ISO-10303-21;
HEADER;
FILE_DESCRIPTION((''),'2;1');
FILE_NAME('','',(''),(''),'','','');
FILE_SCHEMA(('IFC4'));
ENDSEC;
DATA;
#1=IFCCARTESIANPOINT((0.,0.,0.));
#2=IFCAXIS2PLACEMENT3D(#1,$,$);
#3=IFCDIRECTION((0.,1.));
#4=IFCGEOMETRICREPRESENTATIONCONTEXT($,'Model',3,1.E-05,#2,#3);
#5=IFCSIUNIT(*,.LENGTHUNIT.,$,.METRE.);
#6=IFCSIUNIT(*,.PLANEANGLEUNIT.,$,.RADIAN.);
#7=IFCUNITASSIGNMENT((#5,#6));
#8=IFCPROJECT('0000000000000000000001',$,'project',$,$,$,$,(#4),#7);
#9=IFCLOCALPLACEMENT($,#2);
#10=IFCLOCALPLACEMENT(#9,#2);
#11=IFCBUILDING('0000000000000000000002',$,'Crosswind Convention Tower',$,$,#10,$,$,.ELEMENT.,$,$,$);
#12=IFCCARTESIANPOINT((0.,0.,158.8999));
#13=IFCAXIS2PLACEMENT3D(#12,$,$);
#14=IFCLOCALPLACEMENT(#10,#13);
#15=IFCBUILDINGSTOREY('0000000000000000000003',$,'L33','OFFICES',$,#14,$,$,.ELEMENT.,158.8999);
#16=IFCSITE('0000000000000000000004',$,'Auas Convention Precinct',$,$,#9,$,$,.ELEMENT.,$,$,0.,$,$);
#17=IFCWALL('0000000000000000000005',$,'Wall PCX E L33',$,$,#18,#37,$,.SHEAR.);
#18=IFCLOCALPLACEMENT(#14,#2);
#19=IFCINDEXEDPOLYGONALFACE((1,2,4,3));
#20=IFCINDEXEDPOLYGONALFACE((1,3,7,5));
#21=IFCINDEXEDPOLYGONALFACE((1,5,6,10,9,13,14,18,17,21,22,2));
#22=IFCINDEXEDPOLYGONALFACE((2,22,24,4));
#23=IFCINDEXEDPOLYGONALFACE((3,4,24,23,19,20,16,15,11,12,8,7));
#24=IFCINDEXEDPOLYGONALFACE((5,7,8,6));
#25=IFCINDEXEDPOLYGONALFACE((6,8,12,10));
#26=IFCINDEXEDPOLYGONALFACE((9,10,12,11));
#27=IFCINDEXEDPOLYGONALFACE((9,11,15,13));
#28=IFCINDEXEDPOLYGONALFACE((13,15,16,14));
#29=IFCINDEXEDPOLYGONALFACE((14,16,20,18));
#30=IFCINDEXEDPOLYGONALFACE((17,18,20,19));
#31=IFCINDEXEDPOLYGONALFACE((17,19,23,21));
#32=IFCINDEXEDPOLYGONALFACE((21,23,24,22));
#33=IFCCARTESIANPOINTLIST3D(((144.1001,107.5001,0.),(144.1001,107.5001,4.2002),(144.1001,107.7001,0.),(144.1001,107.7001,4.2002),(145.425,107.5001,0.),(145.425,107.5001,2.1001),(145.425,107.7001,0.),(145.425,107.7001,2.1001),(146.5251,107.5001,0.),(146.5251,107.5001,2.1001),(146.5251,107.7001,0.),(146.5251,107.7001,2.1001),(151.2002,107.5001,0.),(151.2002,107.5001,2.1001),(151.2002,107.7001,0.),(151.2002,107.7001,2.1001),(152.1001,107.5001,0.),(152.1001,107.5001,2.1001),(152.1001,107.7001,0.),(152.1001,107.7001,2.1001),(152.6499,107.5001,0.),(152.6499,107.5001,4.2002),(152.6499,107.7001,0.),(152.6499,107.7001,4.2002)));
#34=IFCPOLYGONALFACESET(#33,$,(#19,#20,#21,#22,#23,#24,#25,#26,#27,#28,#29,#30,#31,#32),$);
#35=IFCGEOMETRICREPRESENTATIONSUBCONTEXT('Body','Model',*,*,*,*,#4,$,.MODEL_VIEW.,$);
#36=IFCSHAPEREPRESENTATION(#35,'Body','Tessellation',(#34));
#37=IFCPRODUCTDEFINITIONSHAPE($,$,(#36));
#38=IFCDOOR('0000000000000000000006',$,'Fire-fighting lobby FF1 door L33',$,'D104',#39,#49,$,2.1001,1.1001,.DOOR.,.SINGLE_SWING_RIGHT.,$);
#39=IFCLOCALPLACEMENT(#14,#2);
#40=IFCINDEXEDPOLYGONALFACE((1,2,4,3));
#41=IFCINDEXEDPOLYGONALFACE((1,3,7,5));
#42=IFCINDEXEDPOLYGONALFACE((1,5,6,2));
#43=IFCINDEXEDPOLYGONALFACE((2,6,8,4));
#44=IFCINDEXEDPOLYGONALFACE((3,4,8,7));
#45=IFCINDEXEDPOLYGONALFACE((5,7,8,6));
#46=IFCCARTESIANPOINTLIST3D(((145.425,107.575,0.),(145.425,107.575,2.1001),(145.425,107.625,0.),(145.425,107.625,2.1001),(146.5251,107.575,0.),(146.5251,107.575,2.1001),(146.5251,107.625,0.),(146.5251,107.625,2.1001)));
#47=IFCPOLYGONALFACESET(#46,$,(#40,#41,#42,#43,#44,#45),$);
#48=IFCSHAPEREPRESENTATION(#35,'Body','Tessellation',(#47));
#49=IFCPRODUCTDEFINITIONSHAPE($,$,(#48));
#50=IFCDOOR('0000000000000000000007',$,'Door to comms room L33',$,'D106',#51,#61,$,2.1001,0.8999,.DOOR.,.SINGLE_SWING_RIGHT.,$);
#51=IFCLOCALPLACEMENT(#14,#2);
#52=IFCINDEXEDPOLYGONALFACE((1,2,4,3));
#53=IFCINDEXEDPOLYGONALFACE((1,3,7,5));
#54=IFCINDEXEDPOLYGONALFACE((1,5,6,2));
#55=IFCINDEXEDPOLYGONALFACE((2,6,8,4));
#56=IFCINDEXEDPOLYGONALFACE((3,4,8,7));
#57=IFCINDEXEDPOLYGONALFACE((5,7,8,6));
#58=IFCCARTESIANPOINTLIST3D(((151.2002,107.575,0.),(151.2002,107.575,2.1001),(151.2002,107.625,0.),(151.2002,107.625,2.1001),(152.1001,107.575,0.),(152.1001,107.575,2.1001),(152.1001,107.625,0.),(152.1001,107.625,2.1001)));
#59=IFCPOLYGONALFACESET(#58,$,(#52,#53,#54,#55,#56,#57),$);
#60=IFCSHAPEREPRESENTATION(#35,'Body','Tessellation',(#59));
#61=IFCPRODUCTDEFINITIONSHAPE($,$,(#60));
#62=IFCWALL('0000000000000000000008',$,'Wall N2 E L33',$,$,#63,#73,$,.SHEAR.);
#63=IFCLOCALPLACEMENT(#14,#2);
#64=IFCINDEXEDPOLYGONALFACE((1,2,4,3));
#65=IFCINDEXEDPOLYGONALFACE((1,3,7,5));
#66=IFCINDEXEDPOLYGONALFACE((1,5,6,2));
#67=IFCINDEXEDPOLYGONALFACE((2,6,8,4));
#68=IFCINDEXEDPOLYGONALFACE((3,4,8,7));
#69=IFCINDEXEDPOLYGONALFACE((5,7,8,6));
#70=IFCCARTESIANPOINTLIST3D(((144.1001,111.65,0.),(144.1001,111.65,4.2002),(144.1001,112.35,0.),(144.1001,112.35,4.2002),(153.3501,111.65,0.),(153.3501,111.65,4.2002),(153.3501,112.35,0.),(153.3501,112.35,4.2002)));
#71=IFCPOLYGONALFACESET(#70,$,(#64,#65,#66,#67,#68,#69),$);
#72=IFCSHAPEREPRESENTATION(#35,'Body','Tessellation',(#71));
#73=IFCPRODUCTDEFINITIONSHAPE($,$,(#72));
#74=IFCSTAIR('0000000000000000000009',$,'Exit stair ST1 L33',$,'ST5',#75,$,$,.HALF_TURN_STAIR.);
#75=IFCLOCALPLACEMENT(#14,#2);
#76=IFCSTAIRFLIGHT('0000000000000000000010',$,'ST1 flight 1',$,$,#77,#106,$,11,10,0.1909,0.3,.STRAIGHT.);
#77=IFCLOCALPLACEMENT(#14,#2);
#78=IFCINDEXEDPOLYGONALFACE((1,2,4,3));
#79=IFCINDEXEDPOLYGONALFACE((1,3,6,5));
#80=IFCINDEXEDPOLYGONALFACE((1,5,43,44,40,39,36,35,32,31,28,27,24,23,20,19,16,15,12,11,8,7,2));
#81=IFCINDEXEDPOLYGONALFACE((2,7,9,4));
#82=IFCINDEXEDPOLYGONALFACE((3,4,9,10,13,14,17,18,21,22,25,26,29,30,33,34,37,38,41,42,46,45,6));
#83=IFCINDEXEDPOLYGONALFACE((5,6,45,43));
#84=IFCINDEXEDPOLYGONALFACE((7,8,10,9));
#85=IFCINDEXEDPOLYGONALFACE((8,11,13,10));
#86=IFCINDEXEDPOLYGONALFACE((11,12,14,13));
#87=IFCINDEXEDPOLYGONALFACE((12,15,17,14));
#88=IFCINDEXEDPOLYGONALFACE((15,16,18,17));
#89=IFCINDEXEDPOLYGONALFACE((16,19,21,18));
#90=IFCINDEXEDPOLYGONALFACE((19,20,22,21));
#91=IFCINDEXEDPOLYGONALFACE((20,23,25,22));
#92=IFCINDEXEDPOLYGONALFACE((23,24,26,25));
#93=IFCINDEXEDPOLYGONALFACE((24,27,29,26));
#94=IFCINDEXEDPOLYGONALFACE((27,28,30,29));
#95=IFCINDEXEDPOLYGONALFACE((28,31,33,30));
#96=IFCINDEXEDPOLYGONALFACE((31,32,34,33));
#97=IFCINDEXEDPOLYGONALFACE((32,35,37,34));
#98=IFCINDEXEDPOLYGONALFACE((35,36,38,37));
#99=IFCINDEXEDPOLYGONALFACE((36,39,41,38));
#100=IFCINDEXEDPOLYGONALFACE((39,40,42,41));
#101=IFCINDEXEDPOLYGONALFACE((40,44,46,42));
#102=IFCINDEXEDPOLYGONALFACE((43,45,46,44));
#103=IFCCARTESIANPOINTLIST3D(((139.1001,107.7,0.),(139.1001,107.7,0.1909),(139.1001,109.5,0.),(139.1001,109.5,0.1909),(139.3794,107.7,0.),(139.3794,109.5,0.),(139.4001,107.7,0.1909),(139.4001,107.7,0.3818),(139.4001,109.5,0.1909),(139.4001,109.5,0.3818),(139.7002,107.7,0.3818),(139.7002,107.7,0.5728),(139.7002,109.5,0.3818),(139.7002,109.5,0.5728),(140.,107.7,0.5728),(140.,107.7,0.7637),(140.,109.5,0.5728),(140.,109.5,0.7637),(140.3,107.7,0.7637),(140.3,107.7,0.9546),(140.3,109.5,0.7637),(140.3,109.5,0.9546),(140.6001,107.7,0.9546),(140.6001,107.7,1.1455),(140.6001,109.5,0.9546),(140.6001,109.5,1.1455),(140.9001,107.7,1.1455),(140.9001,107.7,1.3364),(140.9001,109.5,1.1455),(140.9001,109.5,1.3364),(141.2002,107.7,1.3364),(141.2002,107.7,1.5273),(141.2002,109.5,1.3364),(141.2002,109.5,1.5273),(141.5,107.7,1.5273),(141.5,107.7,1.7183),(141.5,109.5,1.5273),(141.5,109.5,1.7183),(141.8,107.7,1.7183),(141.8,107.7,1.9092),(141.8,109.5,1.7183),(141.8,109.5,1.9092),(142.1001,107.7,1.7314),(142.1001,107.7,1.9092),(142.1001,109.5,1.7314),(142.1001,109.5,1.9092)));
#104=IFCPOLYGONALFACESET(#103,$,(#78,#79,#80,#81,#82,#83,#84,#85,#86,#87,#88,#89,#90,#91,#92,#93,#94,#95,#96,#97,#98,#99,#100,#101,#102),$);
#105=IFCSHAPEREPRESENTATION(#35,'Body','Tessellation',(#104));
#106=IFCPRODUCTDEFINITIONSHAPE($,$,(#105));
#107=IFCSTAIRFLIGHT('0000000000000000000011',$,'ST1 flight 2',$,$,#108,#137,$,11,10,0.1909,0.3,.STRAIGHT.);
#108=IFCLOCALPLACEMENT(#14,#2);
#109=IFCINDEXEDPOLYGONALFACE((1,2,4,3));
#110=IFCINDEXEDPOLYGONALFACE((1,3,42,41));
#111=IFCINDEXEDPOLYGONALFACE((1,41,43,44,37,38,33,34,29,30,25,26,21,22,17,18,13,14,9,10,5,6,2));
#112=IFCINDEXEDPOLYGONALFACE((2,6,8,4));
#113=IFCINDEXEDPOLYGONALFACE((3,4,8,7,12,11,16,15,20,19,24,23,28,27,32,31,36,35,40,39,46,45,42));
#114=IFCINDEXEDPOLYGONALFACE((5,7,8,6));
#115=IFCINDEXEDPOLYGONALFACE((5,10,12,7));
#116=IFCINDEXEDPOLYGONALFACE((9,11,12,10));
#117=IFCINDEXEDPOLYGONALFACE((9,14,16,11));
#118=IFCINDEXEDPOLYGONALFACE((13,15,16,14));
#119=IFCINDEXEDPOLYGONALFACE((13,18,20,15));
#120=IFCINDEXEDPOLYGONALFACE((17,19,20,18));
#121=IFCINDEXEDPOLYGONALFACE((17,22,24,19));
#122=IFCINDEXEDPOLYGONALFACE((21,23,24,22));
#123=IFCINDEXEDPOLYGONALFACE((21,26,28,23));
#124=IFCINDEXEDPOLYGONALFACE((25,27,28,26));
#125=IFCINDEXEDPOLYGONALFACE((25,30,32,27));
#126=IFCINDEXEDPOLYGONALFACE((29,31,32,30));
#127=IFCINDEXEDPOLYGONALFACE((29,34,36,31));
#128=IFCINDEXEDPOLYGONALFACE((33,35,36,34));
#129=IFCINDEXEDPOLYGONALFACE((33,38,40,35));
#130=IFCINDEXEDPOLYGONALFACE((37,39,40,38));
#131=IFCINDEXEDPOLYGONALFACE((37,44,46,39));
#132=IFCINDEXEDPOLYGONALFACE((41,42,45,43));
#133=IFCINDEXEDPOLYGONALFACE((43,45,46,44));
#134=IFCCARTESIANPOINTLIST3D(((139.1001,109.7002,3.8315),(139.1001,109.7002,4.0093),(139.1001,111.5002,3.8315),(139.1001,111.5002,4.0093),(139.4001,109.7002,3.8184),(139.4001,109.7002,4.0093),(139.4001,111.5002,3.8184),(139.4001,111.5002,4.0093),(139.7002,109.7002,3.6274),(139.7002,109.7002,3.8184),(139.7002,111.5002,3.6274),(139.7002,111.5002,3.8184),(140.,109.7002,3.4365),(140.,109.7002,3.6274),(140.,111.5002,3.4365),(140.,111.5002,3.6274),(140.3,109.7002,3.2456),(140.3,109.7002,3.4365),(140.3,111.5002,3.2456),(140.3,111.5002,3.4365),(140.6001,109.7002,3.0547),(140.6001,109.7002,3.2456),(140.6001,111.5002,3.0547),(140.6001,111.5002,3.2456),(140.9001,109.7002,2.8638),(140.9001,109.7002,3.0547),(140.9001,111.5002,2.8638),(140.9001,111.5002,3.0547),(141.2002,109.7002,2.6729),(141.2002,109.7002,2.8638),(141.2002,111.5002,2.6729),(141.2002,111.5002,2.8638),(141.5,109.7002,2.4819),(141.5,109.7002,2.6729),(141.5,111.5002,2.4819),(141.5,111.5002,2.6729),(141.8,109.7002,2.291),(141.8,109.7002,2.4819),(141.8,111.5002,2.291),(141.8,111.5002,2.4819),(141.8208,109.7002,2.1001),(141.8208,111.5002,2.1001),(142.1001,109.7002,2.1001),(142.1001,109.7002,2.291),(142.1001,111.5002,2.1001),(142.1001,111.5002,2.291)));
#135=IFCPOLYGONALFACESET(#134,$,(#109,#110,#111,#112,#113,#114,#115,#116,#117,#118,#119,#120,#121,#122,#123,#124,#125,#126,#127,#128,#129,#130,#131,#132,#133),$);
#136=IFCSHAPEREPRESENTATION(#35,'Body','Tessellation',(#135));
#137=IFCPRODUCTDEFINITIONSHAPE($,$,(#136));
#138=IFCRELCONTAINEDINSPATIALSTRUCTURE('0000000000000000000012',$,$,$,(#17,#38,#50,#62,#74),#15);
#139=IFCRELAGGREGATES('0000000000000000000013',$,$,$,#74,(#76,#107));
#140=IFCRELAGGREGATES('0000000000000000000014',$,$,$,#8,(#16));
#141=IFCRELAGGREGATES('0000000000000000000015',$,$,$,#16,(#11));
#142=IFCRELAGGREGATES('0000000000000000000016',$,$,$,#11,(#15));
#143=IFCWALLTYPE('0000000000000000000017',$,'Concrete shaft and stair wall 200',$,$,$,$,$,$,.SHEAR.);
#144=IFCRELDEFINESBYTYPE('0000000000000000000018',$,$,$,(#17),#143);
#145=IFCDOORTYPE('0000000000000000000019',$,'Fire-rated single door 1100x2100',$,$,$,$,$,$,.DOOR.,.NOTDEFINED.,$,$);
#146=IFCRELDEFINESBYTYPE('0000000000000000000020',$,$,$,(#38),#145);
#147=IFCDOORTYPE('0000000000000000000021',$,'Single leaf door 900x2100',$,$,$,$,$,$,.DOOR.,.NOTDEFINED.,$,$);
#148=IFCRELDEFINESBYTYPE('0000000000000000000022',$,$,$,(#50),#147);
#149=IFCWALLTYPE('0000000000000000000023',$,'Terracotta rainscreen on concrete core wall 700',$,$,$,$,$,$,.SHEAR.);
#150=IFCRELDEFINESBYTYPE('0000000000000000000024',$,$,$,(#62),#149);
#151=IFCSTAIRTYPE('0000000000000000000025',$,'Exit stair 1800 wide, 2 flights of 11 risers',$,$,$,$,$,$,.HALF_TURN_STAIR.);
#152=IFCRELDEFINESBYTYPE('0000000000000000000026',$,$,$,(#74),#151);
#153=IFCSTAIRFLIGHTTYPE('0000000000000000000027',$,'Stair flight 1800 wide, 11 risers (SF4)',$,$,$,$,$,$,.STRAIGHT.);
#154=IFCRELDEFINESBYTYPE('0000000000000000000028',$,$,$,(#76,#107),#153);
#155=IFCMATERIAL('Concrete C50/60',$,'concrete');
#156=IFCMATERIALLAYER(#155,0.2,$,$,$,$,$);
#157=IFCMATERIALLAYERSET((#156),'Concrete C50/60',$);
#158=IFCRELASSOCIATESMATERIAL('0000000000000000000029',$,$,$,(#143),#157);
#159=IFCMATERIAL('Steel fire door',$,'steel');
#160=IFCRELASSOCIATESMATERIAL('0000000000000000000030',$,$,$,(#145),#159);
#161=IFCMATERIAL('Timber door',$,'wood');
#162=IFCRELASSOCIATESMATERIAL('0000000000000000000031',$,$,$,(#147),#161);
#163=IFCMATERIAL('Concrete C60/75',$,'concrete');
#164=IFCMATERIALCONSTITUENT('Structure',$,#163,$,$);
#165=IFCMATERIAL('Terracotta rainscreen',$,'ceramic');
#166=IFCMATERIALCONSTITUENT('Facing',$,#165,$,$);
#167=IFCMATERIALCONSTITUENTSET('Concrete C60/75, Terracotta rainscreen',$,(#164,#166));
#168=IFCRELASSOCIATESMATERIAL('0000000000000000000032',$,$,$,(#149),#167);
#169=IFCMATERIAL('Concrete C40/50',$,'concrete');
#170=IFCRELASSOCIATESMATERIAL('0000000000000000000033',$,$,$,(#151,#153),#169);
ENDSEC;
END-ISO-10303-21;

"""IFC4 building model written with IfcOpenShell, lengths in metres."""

from ifc_helpers import new_model, si_unit, direction, frame, frame_2d, origin, place, context, subcontext, project, spatial, polyline, rectangle, outline, extrude, material, layer, layer_set, constituent, constituent_set, type_object, element, fill, aggregate, save


model = new_model("IFC4")

# Units and contexts
model_context = context("Model", 3, precision=1e-05, world=origin(), true_north=direction((0.0, 1.0)))
body_context = subcontext(model_context, "Body", "Model", "MODEL_VIEW")
ifc_project = project(units=[si_unit("LENGTHUNIT", "METRE"), si_unit("PLANEANGLEUNIT", "RADIAN")], contexts=[model_context])

# Site, building, storey
site_placement = place(None, origin())
site = spatial("IfcSite", under=ifc_project, at=site_placement, Name="Auas Convention Precinct", CompositionType="ELEMENT", RefElevation=0.0)
building_placement = place(site_placement, origin())
building = spatial("IfcBuilding", under=site, at=building_placement, Name="Crosswind Convention Tower", CompositionType="ELEMENT")
storey_placement = place(building_placement, frame((0.0, 0.0, 158.8999)))
storey = spatial("IfcBuildingStorey", under=building, at=storey_placement, Name="L33", Description="OFFICES", CompositionType="ELEMENT", Elevation=158.8999)

# Shared definitions
ifc_material_1 = material(Name="Concrete C60/75", Category="concrete")

# Shared definitions
ifc_material_2 = material(Name="Concrete C50/60", Category="concrete")
ifc_layer_1 = layer(ifc_material_2, 0.2)
ifc_layer_set_1 = layer_set([ifc_layer_1], Name="Concrete C50/60")
wall_type_1 = type_object("IfcWallType", Name="Concrete shaft and stair wall 200", PredefinedType="SHEAR", material=ifc_layer_set_1)

# Wall, openings, doors
wall_1_placement = place(storey_placement, frame((144.1001, 107.6001, 0.0), z_axis=(0.0, 0.0, 1.0), x_axis=(1.0, 0.0, 0.0)))
wall_1 = element("IfcWall", 1, at=wall_1_placement, inside=storey, type_object=wall_type_1, Name="Wall PCX E L33", PredefinedType="SHEAR", context=body_context, shape_type="SweptSolid", body=[
    extrude(rectangle(XDim=8.5498, YDim=0.2, at=frame_2d((4.2749, 0.0))), origin(), (0.0, 0.0, 1.0), 4.2002),
])
opening_1_placement = place(wall_1_placement, frame((1.325, 0.0, 0.0)))
opening_1 = element("IfcOpeningElement", 2, at=opening_1_placement, cuts=wall_1, PredefinedType="OPENING", context=body_context, shape_type="SweptSolid", body=[
    extrude(rectangle(XDim=1.1001, YDim=2.1001, at=frame_2d((0.55, 1.05))), frame((0.0, 0.1099, 0.0), z_axis=(0.0, -1.0, 0.0), x_axis=(1.0, 0.0, 0.0)), (0.0, 0.0, 1.0), 0.22),
])
opening_2_placement = place(wall_1_placement, frame((7.1001, 0.0, 0.0)))
opening_2 = element("IfcOpeningElement", 3, at=opening_2_placement, cuts=wall_1, PredefinedType="OPENING", context=body_context, shape_type="SweptSolid", body=[
    extrude(rectangle(XDim=0.8999, YDim=2.1001, at=frame_2d((0.45, 1.05))), frame((0.0, 0.1099, 0.0), z_axis=(0.0, -1.0, 0.0), x_axis=(1.0, 0.0, 0.0)), (0.0, 0.0, 1.0), 0.22),
])
ifc_material_3 = material(Name="Steel fire door", Category="steel")
door_type_1 = type_object("IfcDoorType", Name="Fire-rated single door 1100x2100", OperationType="NOTDEFINED", PredefinedType="DOOR", material=ifc_material_3)
door_1_placement = place(opening_1_placement, origin())
door_1 = element("IfcDoor", 4, at=door_1_placement, inside=storey, type_object=door_type_1, Name="Fire-fighting lobby FF1 door L33", ObjectType="D104", OperationType="SINGLE_SWING_RIGHT", OverallHeight=2.1001, OverallWidth=1.1001, PredefinedType="DOOR", context=body_context, shape_type="SweptSolid", body=[
    extrude(rectangle(XDim=1.1001, YDim=2.1001, at=frame_2d((0.55, 1.05))), frame((0.0, 0.0249, 0.0), z_axis=(0.0, -1.0, 0.0), x_axis=(1.0, 0.0, 0.0)), (0.0, 0.0, 1.0), 0.05),
])
fill(opening_1, door_1)
ifc_material_4 = material(Name="Timber door", Category="wood")
door_type_2 = type_object("IfcDoorType", Name="Single leaf door 900x2100", OperationType="NOTDEFINED", PredefinedType="DOOR", material=ifc_material_4)
door_2_placement = place(opening_2_placement, origin())
door_2 = element("IfcDoor", 5, at=door_2_placement, inside=storey, type_object=door_type_2, Name="Door to comms room L33", ObjectType="D106", OperationType="SINGLE_SWING_RIGHT", OverallHeight=2.1001, OverallWidth=0.8999, PredefinedType="DOOR", context=body_context, shape_type="SweptSolid", body=[
    extrude(rectangle(XDim=0.8999, YDim=2.1001, at=frame_2d((0.45, 1.05))), frame((0.0, 0.0249, 0.0), z_axis=(0.0, -1.0, 0.0), x_axis=(1.0, 0.0, 0.0)), (0.0, 0.0, 1.0), 0.05),
])
fill(opening_2, door_2)

# Wall
ifc_constituent_1 = constituent(ifc_material_1, Name="Structure")
ifc_material_5 = material(Name="Terracotta rainscreen", Category="ceramic")
ifc_constituent_2 = constituent(ifc_material_5, Name="Facing")
ifc_constituent_set = constituent_set(constituents=[ifc_constituent_1, ifc_constituent_2], Name="Concrete C60/75, Terracotta rainscreen")
wall_type_2 = type_object("IfcWallType", Name="Terracotta rainscreen on concrete core wall 700", PredefinedType="SHEAR", material=ifc_constituent_set)
wall_2_placement = place(storey_placement, frame((144.1001, 112.0, 0.0), z_axis=(0.0, 0.0, 1.0), x_axis=(1.0, 0.0, 0.0)))
element("IfcWall", 6, at=wall_2_placement, inside=storey, type_object=wall_type_2, Name="Wall N2 E L33", PredefinedType="SHEAR", context=body_context, shape_type="SweptSolid", body=[
    extrude(rectangle(XDim=9.25, YDim=0.7, at=frame_2d((4.625, 0.0))), origin(), (0.0, 0.0, 1.0), 4.2002),
])

# Stair, stair flights
ifc_material_6 = material(Name="Concrete C40/50", Category="concrete")
stair_type = type_object("IfcStairType", Name="Exit stair 1800 wide, 2 flights of 11 risers", PredefinedType="HALF_TURN_STAIR", material=ifc_material_6)
stair_placement = place(storey_placement, origin())
stair = element("IfcStair", 7, at=stair_placement, inside=storey, type_object=stair_type, Name="Exit stair ST1 L33", ObjectType="ST5", PredefinedType="HALF_TURN_STAIR")
stair_flight_type = type_object("IfcStairFlightType", Name="Stair flight 1800 wide, 11 risers (SF4)", PredefinedType="STRAIGHT", material=ifc_material_6)
stair_flight_1_placement = place(storey_placement, frame((139.1001, 108.6001, 0.0), z_axis=(0.0, 0.0, 1.0), x_axis=(1.0, 0.0, 0.0)))
stair_flight_1 = element("IfcStairFlight", 8, at=stair_flight_1_placement, type_object=stair_flight_type, Name="ST1 flight 1", NumberOfRisers=11, NumberOfTreads=10, PredefinedType="STRAIGHT", RiserHeight=0.1909, TreadLength=0.3, context=body_context, shape_type="SweptSolid", body=[
    extrude(outline(polyline([(0.0, 0.0), (0.0, 0.1909), (0.3, 0.1909), (0.3, 0.3818), (0.6001, 0.3818), (0.6001, 0.5728), (0.8999, 0.5728), (0.8999, 0.7637), (1.2, 0.7637), (1.2, 0.9546), (1.5, 0.9546), (1.5, 1.1455), (1.8, 1.1455), (1.8, 1.3364), (2.1001, 1.3364), (2.1001, 1.5273), (2.3999, 1.5273), (2.3999, 1.7183), (2.7, 1.7183), (2.7, 1.9092), (3.0, 1.9092), (3.0, 2.1001), (3.0, 1.7314), (0.2793, 0.0), (0.0, 0.0)])), frame((0.0, 0.8999, 0.0), z_axis=(0.0, -1.0, 0.0), x_axis=(1.0, 0.0, 0.0)), (0.0, 0.0, 1.0), 1.8),
])
stair_flight_2_placement = place(storey_placement, frame((142.1001, 110.6001, 2.1001), z_axis=(0.0, 0.0, 1.0), x_axis=(-1.0, 0.0, 0.0)))
stair_flight_2 = element("IfcStairFlight", 9, at=stair_flight_2_placement, type_object=stair_flight_type, Name="ST1 flight 2", NumberOfRisers=11, NumberOfTreads=10, PredefinedType="STRAIGHT", RiserHeight=0.1909, TreadLength=0.3, context=body_context, shape_type="SweptSolid", body=[
    extrude(outline(polyline([(0.0, 0.0), (0.0, 0.1909), (0.3, 0.1909), (0.3, 0.3818), (0.6001, 0.3818), (0.6001, 0.5728), (0.8999, 0.5728), (0.8999, 0.7637), (1.2, 0.7637), (1.2, 0.9546), (1.5, 0.9546), (1.5, 1.1455), (1.8, 1.1455), (1.8, 1.3364), (2.1001, 1.3364), (2.1001, 1.5273), (2.3999, 1.5273), (2.3999, 1.7183), (2.7, 1.7183), (2.7, 1.9092), (3.0, 1.9092), (3.0, 2.1001), (3.0, 1.7314), (0.2793, 0.0), (0.0, 0.0)])), frame((0.0, 0.8999, 0.0), z_axis=(0.0, -1.0, 0.0), x_axis=(1.0, 0.0, 0.0)), (0.0, 0.0, 1.0), 1.8),
])
aggregate(stair, [stair_flight_1, stair_flight_2])

save(model, "model.ifc")
